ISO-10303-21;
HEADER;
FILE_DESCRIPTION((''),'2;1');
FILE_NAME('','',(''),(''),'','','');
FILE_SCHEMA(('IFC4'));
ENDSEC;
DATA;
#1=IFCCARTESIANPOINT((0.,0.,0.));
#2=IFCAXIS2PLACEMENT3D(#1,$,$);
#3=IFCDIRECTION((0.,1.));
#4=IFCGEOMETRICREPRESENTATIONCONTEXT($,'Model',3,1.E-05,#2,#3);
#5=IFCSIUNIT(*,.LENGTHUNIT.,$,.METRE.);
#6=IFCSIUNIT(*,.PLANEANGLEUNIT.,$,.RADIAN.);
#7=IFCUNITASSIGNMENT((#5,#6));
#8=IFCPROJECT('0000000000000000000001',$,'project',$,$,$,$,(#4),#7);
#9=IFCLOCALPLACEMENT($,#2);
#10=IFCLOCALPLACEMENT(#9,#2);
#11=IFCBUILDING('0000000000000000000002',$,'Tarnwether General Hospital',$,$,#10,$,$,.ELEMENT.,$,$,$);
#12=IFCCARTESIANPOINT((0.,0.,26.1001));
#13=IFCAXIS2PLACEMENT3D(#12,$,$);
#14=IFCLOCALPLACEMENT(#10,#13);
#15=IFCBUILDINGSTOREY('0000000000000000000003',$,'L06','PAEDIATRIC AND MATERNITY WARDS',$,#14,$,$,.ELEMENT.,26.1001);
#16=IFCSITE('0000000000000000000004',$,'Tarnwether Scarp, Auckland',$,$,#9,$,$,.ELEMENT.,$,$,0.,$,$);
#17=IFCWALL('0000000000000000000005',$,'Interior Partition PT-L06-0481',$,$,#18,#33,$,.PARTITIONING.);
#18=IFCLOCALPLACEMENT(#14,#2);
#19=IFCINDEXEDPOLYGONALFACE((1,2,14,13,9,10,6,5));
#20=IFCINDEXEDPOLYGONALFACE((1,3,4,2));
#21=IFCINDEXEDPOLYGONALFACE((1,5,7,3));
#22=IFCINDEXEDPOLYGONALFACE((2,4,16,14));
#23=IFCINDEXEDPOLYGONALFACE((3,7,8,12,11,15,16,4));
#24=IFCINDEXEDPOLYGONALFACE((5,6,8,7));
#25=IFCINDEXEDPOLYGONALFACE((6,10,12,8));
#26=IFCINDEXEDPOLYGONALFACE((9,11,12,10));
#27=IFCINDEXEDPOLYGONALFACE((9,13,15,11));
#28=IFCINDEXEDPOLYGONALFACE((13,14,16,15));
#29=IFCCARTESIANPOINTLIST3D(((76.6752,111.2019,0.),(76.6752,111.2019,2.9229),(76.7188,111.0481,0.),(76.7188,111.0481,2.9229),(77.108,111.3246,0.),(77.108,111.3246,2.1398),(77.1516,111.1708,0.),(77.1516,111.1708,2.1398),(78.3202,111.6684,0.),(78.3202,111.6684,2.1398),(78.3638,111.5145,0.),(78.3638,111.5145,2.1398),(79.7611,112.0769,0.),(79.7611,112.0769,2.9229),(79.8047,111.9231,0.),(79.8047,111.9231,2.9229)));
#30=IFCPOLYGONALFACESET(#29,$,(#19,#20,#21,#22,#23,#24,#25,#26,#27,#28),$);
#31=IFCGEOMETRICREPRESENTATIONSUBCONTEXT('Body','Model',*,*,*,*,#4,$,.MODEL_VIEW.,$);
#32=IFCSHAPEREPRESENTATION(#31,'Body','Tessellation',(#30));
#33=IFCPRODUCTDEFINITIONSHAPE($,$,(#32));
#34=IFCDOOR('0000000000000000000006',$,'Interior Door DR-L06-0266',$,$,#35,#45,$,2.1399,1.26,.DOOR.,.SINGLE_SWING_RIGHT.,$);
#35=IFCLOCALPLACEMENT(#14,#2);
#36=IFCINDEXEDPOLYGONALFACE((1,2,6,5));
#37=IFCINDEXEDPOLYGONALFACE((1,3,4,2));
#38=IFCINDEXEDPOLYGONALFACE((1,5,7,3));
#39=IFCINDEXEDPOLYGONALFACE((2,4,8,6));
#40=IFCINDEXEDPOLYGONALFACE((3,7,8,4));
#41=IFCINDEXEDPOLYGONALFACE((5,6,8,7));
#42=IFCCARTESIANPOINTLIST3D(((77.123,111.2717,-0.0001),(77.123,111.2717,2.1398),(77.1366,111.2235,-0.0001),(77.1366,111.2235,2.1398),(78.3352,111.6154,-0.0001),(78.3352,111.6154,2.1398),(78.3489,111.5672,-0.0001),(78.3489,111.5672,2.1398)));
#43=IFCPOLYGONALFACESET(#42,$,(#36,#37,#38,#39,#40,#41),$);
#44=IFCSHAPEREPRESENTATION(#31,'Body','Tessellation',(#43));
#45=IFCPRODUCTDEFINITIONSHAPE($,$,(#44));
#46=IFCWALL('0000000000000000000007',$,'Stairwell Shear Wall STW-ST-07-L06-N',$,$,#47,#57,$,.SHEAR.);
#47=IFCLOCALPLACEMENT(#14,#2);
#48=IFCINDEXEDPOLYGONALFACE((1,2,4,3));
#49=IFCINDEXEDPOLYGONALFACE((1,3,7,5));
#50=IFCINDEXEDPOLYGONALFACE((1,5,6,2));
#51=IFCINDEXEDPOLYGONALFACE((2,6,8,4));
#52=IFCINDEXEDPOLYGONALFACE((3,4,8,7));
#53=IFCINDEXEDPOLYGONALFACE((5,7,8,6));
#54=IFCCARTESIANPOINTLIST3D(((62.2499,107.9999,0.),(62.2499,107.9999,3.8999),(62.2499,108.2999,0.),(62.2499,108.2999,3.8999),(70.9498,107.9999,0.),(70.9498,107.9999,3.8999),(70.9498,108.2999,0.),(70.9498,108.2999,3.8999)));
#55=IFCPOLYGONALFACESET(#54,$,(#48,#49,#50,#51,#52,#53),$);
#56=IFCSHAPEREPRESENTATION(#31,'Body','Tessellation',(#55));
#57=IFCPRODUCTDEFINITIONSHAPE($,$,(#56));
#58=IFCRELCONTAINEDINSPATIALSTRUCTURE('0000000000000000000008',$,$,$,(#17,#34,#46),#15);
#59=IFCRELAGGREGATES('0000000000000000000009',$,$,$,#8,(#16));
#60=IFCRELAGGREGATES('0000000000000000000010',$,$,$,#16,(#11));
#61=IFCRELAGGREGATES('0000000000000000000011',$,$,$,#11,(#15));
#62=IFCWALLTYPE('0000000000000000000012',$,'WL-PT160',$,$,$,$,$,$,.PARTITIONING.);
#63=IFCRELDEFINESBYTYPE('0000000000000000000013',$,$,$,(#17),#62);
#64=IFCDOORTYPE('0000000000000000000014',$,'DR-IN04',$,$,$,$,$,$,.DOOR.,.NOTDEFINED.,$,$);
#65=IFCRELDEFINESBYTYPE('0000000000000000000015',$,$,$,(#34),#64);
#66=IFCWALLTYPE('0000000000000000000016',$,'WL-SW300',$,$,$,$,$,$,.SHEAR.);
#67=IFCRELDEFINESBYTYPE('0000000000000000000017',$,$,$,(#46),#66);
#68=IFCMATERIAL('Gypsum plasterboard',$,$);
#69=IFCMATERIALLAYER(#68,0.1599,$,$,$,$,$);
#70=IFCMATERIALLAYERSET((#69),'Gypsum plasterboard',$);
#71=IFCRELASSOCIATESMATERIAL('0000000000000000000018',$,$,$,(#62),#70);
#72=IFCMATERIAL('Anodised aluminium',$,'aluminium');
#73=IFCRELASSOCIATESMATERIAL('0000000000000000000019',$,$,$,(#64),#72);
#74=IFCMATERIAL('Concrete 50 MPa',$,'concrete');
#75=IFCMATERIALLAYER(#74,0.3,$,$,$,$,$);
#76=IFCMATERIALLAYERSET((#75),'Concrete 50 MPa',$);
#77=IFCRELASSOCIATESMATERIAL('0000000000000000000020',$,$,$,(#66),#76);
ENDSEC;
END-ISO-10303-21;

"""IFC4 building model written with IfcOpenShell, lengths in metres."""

from ifc_helpers import new_model, si_unit, direction, frame, frame_2d, origin, place, context, subcontext, project, spatial, rectangle, extrude, material, layer, layer_set, type_object, element, fill, save


model = new_model("IFC4")

# Units and contexts
model_context = context("Model", 3, precision=1e-05, world=origin(), true_north=direction((0.0, 1.0)))
body_context = subcontext(model_context, "Body", "Model", "MODEL_VIEW")
ifc_project = project(units=[si_unit("LENGTHUNIT", "METRE"), si_unit("PLANEANGLEUNIT", "RADIAN")], contexts=[model_context])

# Site, building, storey
site_placement = place(None, origin())
site = spatial("IfcSite", under=ifc_project, at=site_placement, Name="Tarnwether Scarp, Auckland", CompositionType="ELEMENT", RefElevation=0.0)
building_placement = place(site_placement, origin())
building = spatial("IfcBuilding", under=site, at=building_placement, Name="Tarnwether General Hospital", CompositionType="ELEMENT")
storey_placement = place(building_placement, frame((0.0, 0.0, 26.1001)))
storey = spatial("IfcBuildingStorey", under=building, at=storey_placement, Name="L06", Description="PAEDIATRIC AND MATERNITY WARDS", CompositionType="ELEMENT", Elevation=26.1001)

# Wall, opening, door
ifc_material_1 = material(Name="Gypsum plasterboard")
ifc_layer_1 = layer(ifc_material_1, 0.1599)
ifc_layer_set_1 = layer_set([ifc_layer_1], Name="Gypsum plasterboard")
wall_type_1 = type_object("IfcWallType", Name="WL-PT160", PredefinedType="PARTITIONING", material=ifc_layer_set_1)
wall_1_placement = place(storey_placement, frame((76.697, 111.125, 0.0), z_axis=(0.0, 0.0, 1.0), x_axis=(0.962073, 0.27279, 0.0)))
wall_1 = element("IfcWall", 1, at=wall_1_placement, inside=storey, type_object=wall_type_1, Name="Interior Partition PT-L06-0481", PredefinedType="PARTITIONING", context=body_context, shape_type="SweptSolid", body=[
    extrude(rectangle(XDim=3.2075, YDim=0.1599, at=frame_2d((1.6038, 0.0))), origin(), (0.0, 0.0, 1.0), 2.9229),
])
opening_1_placement = place(wall_1_placement, frame((0.45, 0.0, 0.0)))
opening_1 = element("IfcOpeningElement", 2, at=opening_1_placement, cuts=wall_1, PredefinedType="OPENING", context=body_context, shape_type="SweptSolid", body=[
    extrude(rectangle(XDim=1.26, YDim=2.1399, at=frame_2d((0.6299, 1.0698))), frame((0.0, 0.0898, 0.0), z_axis=(0.0, -1.0, 0.0), x_axis=(1.0, 0.0, 0.0)), (0.0, 0.0, 1.0), 0.1799),
])
ifc_material_2 = material(Name="Anodised aluminium", Category="aluminium")
door_type_1 = type_object("IfcDoorType", Name="DR-IN04", OperationType="NOTDEFINED", PredefinedType="DOOR", material=ifc_material_2)
door_1_placement = place(opening_1_placement, origin())
door_1 = element("IfcDoor", 3, at=door_1_placement, inside=storey, type_object=door_type_1, Name="Interior Door DR-L06-0266", OperationType="SINGLE_SWING_RIGHT", OverallHeight=2.1399, OverallWidth=1.26, PredefinedType="DOOR", context=body_context, shape_type="SweptSolid", body=[
    extrude(rectangle(XDim=1.26, YDim=2.1399, at=frame_2d((0.6299, 1.0698))), frame((0.0, 0.0249, 0.0), z_axis=(0.0, -1.0, 0.0), x_axis=(1.0, 0.0, 0.0)), (0.0, 0.0, 1.0), 0.05),
])
fill(opening_1, door_1)

# Wall
ifc_material_3 = material(Name="Concrete 50 MPa", Category="concrete")
ifc_layer_2 = layer(ifc_material_3, 0.3)
ifc_layer_set_2 = layer_set([ifc_layer_2], Name="Concrete 50 MPa")
wall_type_2 = type_object("IfcWallType", Name="WL-SW300", PredefinedType="SHEAR", material=ifc_layer_set_2)
wall_2_placement = place(storey_placement, frame((70.95, 108.1499, 0.0), z_axis=(0.0, 0.0, 1.0), x_axis=(-1.0, 0.0, 0.0)))
element("IfcWall", 4, at=wall_2_placement, inside=storey, type_object=wall_type_2, Name="Stairwell Shear Wall STW-ST-07-L06-N", PredefinedType="SHEAR", context=body_context, shape_type="SweptSolid", body=[
    extrude(rectangle(XDim=8.7, YDim=0.3, at=frame_2d((4.3501, 0.0))), origin(), (0.0, 0.0, 1.0), 3.8999),
])

save(model, "model.ifc")
